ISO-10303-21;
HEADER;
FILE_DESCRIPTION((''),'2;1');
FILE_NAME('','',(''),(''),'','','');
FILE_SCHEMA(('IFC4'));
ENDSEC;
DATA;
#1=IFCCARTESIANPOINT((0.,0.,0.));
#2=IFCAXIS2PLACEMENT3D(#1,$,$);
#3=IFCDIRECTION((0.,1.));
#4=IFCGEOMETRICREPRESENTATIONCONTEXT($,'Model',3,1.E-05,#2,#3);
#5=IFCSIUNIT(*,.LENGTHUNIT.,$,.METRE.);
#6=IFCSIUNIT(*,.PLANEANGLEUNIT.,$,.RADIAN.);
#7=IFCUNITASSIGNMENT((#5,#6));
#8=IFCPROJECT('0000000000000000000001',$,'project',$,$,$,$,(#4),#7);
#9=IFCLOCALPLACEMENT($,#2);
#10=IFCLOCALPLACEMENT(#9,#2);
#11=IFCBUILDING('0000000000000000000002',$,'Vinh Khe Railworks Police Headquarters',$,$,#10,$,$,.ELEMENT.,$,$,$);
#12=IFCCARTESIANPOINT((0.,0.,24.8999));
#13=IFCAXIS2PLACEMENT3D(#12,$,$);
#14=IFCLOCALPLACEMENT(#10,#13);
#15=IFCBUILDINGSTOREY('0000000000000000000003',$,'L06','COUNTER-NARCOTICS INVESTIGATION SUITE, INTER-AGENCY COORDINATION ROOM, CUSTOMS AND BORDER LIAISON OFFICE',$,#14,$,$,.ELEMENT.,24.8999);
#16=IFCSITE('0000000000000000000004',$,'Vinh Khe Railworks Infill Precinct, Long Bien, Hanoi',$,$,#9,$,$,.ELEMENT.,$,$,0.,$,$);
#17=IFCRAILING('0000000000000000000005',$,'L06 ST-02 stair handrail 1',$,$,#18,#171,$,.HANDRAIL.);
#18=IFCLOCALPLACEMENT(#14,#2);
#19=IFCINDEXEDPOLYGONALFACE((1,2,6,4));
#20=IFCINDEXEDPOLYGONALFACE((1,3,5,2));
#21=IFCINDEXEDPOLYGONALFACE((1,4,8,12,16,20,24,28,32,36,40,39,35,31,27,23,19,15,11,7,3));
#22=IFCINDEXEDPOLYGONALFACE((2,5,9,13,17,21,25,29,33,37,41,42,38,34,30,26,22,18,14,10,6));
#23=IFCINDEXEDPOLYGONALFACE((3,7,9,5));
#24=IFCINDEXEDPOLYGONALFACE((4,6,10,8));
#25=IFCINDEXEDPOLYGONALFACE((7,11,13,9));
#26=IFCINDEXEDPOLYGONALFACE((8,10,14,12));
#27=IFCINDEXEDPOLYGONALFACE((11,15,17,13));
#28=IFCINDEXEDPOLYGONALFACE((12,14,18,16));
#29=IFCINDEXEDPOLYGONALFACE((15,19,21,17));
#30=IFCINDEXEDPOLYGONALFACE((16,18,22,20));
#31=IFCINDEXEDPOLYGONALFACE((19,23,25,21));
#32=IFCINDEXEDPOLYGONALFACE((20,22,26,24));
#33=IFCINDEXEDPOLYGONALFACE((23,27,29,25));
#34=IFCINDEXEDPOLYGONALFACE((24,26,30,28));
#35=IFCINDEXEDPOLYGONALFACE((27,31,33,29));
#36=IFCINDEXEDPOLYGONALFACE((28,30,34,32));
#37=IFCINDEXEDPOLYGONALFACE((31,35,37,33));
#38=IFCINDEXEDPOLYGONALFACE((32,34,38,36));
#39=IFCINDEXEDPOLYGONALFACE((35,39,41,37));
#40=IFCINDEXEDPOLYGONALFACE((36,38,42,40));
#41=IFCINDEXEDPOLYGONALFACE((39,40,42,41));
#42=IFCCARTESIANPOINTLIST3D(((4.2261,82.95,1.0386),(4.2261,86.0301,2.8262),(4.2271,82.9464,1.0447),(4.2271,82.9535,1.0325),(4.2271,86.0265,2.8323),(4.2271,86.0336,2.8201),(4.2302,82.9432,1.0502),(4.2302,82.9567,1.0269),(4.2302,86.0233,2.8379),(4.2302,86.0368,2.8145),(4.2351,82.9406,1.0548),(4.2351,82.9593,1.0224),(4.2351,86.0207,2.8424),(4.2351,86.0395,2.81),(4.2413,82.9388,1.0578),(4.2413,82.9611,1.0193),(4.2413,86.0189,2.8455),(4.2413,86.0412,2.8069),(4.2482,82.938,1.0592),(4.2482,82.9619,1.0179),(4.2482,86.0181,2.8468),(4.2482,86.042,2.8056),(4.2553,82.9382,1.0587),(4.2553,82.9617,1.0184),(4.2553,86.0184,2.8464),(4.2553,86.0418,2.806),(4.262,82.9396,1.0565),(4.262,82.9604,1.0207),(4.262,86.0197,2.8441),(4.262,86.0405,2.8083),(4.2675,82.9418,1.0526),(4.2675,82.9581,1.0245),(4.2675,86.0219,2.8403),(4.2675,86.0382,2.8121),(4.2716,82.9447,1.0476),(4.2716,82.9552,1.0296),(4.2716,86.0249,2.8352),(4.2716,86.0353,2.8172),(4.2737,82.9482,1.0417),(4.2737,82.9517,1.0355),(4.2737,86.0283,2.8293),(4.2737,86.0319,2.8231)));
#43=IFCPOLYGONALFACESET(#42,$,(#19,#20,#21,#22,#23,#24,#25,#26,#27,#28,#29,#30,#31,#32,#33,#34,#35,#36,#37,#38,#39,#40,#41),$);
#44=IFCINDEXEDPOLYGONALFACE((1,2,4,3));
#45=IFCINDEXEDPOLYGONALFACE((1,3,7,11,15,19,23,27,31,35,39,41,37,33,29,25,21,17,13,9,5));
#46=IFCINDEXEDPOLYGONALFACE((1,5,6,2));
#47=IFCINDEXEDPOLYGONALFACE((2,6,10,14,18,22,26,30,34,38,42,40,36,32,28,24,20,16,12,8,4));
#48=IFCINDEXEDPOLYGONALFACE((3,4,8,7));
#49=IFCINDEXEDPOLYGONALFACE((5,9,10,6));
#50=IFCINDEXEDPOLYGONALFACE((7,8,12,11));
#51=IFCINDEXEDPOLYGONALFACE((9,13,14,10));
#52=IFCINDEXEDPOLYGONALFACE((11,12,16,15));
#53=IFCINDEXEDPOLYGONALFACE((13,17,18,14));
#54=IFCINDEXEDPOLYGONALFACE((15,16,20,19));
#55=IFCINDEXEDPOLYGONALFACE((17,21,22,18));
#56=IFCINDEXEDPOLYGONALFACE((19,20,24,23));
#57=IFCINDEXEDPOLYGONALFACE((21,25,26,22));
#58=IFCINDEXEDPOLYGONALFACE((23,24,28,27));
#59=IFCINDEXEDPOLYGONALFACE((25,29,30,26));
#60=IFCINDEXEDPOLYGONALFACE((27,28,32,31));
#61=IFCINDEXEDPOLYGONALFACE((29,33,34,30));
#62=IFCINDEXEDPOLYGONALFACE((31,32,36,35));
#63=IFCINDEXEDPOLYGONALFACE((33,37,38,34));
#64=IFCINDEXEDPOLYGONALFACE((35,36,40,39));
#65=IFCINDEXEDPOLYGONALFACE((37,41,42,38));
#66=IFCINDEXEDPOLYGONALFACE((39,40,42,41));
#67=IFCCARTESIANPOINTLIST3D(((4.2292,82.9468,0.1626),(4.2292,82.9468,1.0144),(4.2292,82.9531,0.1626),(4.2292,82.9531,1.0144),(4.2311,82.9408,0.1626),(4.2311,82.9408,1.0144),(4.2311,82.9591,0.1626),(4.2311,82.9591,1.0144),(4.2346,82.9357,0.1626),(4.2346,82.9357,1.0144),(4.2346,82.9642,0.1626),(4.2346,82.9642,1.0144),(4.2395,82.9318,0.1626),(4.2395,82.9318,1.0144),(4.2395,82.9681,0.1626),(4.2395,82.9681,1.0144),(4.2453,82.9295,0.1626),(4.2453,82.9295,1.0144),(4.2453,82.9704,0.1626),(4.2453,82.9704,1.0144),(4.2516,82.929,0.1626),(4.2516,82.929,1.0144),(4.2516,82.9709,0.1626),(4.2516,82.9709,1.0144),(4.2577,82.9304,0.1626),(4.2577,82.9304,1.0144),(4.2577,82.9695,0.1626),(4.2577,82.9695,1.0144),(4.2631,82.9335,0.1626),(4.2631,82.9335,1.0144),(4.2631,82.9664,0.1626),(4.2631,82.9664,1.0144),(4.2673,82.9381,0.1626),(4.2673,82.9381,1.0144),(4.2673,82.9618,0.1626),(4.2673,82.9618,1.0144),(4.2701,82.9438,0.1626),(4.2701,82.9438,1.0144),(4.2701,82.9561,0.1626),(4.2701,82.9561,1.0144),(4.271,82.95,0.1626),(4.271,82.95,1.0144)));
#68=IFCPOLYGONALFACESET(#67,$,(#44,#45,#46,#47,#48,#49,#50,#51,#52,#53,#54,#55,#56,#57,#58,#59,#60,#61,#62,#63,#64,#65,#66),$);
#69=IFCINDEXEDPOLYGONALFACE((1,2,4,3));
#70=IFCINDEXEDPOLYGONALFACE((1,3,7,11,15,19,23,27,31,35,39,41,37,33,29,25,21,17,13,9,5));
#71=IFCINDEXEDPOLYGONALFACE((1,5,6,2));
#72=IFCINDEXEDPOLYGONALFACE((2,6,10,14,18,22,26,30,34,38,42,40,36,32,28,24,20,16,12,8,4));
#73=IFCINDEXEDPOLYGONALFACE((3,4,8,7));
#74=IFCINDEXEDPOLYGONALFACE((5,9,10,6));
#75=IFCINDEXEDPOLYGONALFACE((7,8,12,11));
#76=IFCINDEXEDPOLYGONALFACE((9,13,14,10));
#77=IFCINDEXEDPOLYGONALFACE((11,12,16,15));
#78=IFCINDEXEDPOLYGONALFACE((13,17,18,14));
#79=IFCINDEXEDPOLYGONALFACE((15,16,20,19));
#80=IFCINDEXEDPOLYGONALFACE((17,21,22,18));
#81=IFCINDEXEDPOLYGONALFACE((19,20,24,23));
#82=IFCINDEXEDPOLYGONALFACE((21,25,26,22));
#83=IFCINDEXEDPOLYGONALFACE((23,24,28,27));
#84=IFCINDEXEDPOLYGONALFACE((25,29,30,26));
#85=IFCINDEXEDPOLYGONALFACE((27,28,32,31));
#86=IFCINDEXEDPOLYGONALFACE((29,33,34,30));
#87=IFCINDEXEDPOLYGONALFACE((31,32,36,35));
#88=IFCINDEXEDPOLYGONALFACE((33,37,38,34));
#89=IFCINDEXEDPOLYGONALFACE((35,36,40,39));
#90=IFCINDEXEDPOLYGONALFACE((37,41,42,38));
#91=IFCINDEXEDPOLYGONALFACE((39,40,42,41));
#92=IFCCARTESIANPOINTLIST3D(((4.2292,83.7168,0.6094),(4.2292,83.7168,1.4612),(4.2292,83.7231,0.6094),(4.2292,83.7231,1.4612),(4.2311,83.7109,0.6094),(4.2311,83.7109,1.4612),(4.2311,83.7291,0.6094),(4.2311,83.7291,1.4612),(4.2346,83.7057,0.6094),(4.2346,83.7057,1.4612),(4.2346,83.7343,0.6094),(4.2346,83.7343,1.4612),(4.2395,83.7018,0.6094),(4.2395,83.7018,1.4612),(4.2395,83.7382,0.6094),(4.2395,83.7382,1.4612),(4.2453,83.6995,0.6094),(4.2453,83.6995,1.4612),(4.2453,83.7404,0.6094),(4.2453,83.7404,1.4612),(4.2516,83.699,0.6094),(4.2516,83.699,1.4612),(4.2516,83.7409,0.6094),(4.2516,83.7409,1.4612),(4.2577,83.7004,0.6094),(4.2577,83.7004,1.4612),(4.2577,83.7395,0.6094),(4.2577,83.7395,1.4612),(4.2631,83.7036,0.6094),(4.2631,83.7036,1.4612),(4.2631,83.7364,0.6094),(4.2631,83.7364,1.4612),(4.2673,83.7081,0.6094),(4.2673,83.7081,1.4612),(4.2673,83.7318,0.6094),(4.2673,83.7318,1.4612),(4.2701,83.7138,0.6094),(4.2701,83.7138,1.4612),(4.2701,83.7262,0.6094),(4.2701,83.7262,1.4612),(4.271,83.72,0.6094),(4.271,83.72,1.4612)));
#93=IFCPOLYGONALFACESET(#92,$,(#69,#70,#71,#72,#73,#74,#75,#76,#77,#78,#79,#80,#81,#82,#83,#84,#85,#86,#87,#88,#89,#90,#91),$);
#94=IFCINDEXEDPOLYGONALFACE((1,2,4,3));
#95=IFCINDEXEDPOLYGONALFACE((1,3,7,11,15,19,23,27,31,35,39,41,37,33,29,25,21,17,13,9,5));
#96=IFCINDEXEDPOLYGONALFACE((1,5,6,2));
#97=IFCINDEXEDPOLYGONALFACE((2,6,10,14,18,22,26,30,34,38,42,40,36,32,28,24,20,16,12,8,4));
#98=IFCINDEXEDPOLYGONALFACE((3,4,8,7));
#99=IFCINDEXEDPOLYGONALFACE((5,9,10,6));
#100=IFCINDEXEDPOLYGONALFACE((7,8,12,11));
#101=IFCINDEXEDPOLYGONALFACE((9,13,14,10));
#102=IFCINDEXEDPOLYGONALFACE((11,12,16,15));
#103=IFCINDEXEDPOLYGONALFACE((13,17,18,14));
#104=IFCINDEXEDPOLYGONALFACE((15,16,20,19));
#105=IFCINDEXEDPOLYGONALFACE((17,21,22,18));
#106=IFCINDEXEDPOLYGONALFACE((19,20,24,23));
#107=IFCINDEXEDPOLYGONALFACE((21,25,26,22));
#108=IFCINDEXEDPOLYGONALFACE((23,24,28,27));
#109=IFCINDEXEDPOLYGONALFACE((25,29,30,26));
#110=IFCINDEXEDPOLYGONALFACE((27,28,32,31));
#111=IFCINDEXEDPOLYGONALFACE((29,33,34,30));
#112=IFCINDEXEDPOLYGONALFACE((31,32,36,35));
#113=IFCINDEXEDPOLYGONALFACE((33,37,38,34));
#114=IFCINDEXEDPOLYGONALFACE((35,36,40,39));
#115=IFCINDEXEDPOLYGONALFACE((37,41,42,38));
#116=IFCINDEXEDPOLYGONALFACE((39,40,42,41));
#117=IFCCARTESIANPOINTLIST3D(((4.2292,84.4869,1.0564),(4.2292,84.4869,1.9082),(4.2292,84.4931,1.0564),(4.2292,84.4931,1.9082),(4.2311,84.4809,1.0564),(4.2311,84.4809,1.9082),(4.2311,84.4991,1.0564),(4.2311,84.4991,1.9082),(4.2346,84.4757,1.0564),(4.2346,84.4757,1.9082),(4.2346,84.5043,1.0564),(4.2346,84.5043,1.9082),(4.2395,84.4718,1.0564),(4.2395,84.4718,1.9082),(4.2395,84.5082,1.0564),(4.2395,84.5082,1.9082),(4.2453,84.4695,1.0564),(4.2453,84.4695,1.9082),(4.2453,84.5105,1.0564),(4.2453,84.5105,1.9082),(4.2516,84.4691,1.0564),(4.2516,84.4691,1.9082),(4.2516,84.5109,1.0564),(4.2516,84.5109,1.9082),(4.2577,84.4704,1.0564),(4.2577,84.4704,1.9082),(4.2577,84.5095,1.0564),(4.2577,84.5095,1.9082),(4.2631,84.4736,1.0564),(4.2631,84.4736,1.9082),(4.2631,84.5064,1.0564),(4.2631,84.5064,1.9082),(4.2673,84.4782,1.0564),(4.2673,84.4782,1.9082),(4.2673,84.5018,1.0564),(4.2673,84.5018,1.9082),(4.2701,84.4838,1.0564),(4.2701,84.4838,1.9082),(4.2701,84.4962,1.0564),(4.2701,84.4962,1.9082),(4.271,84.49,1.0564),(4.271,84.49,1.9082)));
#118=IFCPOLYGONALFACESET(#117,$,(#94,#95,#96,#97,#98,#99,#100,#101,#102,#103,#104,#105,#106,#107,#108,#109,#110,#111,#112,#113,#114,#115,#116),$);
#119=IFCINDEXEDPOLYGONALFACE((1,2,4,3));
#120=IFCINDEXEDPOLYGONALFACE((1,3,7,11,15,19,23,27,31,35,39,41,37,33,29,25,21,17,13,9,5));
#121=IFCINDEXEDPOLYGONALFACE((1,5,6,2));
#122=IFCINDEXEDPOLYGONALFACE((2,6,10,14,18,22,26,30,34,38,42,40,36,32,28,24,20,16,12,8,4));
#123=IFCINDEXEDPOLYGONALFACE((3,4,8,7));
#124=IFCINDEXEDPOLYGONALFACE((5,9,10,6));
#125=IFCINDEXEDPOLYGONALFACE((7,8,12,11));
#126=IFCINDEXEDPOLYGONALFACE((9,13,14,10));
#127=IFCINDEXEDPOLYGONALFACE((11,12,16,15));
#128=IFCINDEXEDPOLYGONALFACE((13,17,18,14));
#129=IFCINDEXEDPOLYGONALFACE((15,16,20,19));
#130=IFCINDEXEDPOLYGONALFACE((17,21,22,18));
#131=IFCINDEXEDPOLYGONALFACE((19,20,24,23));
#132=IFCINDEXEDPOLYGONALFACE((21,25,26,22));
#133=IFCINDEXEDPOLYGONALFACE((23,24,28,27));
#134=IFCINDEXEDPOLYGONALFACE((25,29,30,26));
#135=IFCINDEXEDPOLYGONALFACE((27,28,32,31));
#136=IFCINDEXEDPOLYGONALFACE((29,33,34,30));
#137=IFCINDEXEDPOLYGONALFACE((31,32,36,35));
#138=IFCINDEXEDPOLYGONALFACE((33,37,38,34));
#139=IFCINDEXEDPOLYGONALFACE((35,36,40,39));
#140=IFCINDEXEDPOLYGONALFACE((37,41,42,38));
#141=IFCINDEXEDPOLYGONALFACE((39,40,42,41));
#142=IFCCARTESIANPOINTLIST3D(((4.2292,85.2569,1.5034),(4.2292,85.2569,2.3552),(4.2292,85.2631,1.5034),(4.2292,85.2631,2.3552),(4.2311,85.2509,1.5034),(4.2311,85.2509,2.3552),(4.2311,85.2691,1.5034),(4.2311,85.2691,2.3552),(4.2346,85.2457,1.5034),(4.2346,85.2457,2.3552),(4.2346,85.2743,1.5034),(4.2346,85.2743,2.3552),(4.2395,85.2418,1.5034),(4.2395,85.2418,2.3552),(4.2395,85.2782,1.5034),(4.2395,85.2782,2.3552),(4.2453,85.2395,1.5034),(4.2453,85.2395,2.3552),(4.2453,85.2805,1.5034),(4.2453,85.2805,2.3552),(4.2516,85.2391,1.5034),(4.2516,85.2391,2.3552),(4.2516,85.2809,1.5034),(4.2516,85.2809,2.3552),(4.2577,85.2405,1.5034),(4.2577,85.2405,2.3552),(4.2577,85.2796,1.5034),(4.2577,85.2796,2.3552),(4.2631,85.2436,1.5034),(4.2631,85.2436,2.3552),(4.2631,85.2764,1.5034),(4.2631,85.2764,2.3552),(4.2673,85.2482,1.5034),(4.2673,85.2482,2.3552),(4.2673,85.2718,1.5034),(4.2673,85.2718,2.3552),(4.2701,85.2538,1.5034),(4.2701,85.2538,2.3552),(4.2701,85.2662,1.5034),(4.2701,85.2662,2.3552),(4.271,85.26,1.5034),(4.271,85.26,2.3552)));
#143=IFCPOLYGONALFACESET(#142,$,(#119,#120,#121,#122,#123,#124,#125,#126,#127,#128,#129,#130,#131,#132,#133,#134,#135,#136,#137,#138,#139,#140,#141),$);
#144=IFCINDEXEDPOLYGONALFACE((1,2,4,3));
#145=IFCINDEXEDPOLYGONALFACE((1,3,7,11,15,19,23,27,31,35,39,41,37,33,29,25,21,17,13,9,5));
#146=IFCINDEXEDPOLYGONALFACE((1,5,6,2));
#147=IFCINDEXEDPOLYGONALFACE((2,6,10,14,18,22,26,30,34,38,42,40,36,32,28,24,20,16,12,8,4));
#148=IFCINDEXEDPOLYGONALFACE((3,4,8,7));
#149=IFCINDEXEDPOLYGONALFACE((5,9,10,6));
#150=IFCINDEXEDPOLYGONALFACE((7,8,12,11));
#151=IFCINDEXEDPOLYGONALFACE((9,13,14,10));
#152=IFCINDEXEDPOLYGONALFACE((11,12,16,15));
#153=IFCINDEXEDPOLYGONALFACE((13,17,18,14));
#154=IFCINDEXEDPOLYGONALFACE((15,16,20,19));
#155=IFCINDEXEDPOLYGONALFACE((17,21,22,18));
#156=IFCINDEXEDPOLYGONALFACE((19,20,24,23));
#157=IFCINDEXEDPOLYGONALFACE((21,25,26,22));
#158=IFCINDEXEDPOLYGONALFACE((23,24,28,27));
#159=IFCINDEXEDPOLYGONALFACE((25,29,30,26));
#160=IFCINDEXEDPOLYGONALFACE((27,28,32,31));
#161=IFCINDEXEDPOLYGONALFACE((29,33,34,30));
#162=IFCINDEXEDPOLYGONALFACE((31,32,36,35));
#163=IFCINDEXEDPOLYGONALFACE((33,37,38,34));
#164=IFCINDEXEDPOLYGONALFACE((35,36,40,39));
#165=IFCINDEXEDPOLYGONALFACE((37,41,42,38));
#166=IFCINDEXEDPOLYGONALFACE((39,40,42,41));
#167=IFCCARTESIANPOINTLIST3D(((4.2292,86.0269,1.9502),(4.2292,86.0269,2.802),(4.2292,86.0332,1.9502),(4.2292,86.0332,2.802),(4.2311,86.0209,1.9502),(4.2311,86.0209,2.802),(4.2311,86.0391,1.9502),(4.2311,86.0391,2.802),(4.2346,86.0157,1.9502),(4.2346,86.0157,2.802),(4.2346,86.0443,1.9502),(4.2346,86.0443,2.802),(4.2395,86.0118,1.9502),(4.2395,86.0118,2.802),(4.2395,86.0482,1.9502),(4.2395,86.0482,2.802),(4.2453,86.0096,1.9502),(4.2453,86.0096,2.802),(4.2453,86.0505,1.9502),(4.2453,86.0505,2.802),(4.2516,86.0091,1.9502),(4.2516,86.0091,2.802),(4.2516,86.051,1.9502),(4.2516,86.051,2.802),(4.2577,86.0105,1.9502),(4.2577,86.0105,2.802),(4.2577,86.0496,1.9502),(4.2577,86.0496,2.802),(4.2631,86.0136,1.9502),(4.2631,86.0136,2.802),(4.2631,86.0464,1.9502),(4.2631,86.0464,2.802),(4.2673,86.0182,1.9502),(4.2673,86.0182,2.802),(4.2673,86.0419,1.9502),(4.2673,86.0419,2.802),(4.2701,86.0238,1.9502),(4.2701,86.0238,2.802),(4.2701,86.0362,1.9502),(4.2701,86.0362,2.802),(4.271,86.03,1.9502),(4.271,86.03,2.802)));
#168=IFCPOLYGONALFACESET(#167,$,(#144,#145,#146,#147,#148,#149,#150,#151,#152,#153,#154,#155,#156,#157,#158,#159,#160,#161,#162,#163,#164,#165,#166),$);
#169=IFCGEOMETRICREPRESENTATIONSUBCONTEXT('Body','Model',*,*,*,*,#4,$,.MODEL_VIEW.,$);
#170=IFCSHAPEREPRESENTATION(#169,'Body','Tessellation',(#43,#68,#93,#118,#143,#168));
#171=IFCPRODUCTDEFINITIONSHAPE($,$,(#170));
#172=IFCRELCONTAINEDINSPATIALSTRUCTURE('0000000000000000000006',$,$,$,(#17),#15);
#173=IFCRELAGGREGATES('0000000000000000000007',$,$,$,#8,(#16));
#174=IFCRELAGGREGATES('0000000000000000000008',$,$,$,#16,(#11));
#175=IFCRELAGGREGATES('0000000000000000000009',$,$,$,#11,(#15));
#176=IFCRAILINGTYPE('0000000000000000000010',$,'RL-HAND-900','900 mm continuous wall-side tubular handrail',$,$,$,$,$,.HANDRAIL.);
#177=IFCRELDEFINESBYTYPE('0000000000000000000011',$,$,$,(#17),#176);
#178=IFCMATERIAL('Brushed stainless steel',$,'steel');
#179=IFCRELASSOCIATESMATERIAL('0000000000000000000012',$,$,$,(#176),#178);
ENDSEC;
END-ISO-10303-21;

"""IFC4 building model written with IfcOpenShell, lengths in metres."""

from ifc_helpers import new_model, si_unit, direction, frame, origin, origin_2d, place, context, subcontext, project, spatial, circle, extrude, material, type_object, element, save


model = new_model("IFC4")

# Units and contexts
model_context = context("Model", 3, precision=1e-05, world=origin(), true_north=direction((0.0, 1.0)))
body_context = subcontext(model_context, "Body", "Model", "MODEL_VIEW")
ifc_project = project(units=[si_unit("LENGTHUNIT", "METRE"), si_unit("PLANEANGLEUNIT", "RADIAN")], contexts=[model_context])

# Site, building, storey
site_placement = place(None, origin())
site = spatial("IfcSite", under=ifc_project, at=site_placement, Name="Vinh Khe Railworks Infill Precinct, Long Bien, Hanoi", CompositionType="ELEMENT", RefElevation=0.0)
building_placement = place(site_placement, origin())
building = spatial("IfcBuilding", under=site, at=building_placement, Name="Vinh Khe Railworks Police Headquarters", CompositionType="ELEMENT")
storey_placement = place(building_placement, frame((0.0, 0.0, 24.8999)))
storey = spatial("IfcBuildingStorey", under=building, at=storey_placement, Name="L06", Description="COUNTER-NARCOTICS INVESTIGATION SUITE, INTER-AGENCY COORDINATION ROOM, CUSTOMS AND BORDER LIAISON OFFICE", CompositionType="ELEMENT", Elevation=24.8999)

# Railing
ifc_material_1 = material(Name="Brushed stainless steel", Category="steel")
railing_type_1 = type_object("IfcRailingType", Name="RL-HAND-900", Description="900 mm continuous wall-side tubular handrail", PredefinedType="HANDRAIL", material=ifc_material_1)
railing_1_placement = place(storey_placement, frame((4.25, 82.95, 0.1626)))
element("IfcRailing", 1, at=railing_1_placement, inside=storey, type_object=railing_type_1, Name="L06 ST-02 stair handrail 1", PredefinedType="HANDRAIL", context=body_context, shape_type="SweptSolid", body=[
    extrude(circle(Radius=0.0239, at=origin_2d()), frame((0.0, 0.0, 0.876), z_axis=(0.0, 0.864891, 0.50196), x_axis=(-1.0, 0.0, 0.0)), (0.0, 0.0, 1.0), 3.5613),
    extrude(circle(Radius=0.021, at=origin_2d()), origin(), (0.0, 0.0, 1.0), 0.8518),
    extrude(circle(Radius=0.021, at=origin_2d()), frame((0.0, 0.77, 0.4468)), (0.0, 0.0, 1.0), 0.8518),
    extrude(circle(Radius=0.021, at=origin_2d()), frame((0.0, 1.54, 0.8938)), (0.0, 0.0, 1.0), 0.8518),
    extrude(circle(Radius=0.021, at=origin_2d()), frame((0.0, 2.3101, 1.3408)), (0.0, 0.0, 1.0), 0.8518),
    extrude(circle(Radius=0.021, at=origin_2d()), frame((0.0, 3.0801, 1.7876)), (0.0, 0.0, 1.0), 0.8518),
])

save(model, "model.ifc")
